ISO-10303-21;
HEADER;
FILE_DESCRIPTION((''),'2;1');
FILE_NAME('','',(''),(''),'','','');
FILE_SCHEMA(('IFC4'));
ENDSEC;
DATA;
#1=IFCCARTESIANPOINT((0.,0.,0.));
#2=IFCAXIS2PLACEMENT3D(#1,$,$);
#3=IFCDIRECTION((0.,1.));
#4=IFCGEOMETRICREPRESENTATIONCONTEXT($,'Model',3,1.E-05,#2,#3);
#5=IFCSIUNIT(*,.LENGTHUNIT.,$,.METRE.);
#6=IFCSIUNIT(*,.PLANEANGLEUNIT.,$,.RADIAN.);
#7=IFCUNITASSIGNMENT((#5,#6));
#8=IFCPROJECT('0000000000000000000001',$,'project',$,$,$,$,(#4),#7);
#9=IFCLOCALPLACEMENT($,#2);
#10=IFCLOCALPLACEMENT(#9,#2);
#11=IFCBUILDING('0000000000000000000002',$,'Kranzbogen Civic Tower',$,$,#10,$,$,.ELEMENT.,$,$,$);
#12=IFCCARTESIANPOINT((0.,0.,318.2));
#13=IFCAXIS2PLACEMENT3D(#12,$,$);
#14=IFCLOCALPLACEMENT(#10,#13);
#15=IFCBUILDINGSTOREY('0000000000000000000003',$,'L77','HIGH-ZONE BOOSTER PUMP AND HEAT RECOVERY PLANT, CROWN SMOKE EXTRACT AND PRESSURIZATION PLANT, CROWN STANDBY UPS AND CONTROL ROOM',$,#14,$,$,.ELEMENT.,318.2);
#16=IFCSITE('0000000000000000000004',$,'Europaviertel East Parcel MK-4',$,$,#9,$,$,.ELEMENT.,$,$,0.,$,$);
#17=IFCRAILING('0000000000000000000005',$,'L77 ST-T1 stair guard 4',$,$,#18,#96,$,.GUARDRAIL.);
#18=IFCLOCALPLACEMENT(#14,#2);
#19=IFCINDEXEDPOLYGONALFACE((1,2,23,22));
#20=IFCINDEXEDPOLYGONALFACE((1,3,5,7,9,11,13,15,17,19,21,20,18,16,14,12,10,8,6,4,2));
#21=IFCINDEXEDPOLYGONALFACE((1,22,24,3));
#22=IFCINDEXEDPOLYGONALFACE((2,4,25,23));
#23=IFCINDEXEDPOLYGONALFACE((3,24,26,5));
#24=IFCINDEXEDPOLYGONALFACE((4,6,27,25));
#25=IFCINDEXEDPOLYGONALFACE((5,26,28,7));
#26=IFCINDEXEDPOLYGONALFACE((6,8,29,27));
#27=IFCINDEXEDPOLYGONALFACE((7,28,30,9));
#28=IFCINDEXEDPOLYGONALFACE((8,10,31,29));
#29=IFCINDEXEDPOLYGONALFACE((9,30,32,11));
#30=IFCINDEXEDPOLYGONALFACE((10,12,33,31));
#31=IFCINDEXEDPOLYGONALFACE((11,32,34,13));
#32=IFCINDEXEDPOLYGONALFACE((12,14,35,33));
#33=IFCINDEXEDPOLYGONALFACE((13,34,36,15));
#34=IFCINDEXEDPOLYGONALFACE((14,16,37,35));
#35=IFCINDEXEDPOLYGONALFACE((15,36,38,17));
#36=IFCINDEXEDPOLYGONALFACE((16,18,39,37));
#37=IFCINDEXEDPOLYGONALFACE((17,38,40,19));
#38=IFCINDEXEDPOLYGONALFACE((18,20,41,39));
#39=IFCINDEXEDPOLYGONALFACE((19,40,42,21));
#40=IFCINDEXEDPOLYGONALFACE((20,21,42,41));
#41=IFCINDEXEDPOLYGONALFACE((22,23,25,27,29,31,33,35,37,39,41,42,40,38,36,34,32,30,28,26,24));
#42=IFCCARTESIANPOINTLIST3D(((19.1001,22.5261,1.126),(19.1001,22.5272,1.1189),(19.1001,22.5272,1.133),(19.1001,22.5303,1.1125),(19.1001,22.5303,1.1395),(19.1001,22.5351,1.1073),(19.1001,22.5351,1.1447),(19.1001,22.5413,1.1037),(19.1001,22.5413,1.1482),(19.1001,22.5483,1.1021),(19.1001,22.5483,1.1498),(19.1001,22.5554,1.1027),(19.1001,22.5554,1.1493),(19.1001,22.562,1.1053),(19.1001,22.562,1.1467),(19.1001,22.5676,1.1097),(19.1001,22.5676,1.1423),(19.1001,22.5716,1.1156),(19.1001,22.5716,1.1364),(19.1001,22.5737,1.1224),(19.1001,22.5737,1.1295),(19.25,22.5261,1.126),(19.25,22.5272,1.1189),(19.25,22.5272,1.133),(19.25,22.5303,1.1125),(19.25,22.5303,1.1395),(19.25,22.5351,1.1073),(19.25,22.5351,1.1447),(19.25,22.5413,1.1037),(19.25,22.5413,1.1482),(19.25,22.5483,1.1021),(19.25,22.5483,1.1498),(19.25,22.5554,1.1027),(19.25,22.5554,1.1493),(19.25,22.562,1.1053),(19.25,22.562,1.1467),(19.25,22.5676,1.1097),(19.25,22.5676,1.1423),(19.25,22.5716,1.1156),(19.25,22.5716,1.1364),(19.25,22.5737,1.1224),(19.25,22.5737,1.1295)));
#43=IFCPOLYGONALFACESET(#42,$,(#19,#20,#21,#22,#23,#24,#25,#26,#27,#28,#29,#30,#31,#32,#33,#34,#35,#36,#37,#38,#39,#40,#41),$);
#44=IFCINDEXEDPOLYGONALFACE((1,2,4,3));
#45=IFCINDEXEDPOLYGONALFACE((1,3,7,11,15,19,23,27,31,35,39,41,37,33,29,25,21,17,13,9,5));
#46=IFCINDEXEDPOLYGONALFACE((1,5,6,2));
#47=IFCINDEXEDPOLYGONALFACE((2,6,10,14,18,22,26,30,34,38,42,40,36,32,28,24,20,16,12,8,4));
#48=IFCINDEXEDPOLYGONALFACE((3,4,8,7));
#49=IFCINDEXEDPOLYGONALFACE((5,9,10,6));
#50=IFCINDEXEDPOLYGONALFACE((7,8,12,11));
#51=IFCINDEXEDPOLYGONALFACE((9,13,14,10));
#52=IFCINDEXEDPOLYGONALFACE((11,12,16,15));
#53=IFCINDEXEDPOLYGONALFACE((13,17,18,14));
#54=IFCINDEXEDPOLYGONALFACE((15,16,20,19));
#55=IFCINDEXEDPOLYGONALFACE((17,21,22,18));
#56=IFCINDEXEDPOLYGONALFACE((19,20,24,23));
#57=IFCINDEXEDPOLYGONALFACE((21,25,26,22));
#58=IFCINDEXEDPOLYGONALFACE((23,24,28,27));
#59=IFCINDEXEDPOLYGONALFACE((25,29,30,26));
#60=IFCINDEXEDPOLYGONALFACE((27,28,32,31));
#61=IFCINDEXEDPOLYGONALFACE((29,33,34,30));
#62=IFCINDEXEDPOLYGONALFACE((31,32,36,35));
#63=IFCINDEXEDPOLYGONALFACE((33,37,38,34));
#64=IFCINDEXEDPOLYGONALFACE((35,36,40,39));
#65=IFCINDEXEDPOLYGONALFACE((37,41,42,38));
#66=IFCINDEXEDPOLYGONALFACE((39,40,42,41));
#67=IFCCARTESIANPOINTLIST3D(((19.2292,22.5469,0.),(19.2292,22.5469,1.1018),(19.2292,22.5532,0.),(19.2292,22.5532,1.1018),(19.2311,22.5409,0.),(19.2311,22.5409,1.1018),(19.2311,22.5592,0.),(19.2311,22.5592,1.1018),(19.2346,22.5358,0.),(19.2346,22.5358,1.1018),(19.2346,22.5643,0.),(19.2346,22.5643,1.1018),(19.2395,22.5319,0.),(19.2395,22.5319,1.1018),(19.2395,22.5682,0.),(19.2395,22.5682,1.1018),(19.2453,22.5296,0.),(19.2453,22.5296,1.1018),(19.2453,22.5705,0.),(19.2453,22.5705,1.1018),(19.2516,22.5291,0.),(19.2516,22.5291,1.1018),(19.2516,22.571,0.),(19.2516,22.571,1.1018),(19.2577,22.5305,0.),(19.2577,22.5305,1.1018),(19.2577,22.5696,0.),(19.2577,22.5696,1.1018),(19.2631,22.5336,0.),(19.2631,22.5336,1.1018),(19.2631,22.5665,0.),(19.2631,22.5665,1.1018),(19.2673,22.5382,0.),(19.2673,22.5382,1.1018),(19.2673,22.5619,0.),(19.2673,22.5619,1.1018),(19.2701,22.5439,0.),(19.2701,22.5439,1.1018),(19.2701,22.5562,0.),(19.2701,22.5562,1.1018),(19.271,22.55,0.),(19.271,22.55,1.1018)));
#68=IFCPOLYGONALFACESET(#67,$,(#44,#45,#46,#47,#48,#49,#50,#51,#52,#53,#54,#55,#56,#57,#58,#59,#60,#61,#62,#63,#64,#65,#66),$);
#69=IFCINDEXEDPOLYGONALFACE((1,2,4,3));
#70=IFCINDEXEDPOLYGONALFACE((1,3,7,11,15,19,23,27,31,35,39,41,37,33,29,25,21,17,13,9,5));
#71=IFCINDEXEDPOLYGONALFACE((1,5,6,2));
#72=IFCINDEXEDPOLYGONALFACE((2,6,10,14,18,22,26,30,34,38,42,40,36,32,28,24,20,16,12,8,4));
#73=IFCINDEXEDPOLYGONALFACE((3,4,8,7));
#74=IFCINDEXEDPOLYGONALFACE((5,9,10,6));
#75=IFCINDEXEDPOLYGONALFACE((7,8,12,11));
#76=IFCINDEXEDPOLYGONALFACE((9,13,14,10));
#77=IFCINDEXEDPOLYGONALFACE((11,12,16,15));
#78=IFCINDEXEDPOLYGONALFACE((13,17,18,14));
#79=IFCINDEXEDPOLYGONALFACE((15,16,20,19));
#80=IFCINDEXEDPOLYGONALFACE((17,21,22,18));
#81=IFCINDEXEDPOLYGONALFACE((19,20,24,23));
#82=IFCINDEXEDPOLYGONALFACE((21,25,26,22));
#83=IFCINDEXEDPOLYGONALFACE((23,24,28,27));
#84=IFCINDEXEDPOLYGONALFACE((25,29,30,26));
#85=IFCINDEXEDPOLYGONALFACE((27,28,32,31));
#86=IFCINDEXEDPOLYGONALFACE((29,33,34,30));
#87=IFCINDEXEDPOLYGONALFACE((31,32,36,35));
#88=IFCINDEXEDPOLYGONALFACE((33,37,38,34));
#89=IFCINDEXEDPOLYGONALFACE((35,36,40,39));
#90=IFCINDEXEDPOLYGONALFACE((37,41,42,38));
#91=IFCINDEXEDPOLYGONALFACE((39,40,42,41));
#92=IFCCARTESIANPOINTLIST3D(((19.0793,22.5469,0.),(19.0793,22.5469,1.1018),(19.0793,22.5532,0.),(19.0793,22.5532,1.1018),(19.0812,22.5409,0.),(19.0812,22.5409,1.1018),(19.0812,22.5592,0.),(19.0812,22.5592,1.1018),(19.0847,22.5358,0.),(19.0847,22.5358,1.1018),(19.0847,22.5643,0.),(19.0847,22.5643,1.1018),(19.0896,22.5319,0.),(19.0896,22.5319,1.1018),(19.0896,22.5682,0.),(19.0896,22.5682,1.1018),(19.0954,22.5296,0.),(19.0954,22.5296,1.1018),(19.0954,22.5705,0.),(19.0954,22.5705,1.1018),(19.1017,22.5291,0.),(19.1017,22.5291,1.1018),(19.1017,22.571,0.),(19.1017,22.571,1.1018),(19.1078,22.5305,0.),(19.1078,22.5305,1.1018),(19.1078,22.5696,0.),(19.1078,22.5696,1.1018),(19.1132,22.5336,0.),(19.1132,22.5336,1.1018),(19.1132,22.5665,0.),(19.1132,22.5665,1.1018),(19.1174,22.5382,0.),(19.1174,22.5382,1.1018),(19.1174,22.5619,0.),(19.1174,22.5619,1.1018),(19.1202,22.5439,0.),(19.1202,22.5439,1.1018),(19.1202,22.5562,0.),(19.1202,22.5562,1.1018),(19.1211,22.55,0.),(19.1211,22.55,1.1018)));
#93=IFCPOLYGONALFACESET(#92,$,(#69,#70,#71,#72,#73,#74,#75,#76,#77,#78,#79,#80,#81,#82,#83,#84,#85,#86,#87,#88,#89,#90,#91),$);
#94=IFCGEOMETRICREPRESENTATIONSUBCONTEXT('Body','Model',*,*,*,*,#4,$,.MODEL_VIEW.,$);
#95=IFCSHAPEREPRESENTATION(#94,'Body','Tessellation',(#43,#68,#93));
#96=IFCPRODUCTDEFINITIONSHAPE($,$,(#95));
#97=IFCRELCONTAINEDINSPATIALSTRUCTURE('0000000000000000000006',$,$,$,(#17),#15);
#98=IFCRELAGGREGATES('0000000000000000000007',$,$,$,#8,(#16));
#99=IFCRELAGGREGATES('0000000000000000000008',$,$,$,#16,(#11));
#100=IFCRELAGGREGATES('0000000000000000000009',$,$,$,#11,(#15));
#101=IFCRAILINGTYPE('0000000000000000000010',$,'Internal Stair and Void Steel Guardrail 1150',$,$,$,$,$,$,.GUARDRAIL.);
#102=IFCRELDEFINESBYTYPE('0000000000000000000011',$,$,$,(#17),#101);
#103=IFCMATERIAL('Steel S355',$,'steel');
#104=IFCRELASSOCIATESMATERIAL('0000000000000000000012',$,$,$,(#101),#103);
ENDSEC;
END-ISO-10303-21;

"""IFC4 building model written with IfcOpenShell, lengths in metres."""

from ifc_helpers import new_model, si_unit, direction, frame, origin, origin_2d, place, context, subcontext, project, spatial, circle, extrude, material, type_object, element, save


model = new_model("IFC4")

# Units and contexts
model_context = context("Model", 3, precision=1e-05, world=origin(), true_north=direction((0.0, 1.0)))
body_context = subcontext(model_context, "Body", "Model", "MODEL_VIEW")
ifc_project = project(units=[si_unit("LENGTHUNIT", "METRE"), si_unit("PLANEANGLEUNIT", "RADIAN")], contexts=[model_context])

# Site, building, storey
site_placement = place(None, origin())
site = spatial("IfcSite", under=ifc_project, at=site_placement, Name="Europaviertel East Parcel MK-4", CompositionType="ELEMENT", RefElevation=0.0)
building_placement = place(site_placement, origin())
building = spatial("IfcBuilding", under=site, at=building_placement, Name="Kranzbogen Civic Tower", CompositionType="ELEMENT")
storey_placement = place(building_placement, frame((0.0, 0.0, 318.2)))
storey = spatial("IfcBuildingStorey", under=building, at=storey_placement, Name="L77", Description="HIGH-ZONE BOOSTER PUMP AND HEAT RECOVERY PLANT, CROWN SMOKE EXTRACT AND PRESSURIZATION PLANT, CROWN STANDBY UPS AND CONTROL ROOM", CompositionType="ELEMENT", Elevation=318.2)

# Shared definitions
ifc_material_1 = material(Name="Steel S355", Category="steel")

# Railing
railing_type_1 = type_object("IfcRailingType", Name="Internal Stair and Void Steel Guardrail 1150", PredefinedType="GUARDRAIL", material=ifc_material_1)
railing_1_placement = place(storey_placement, frame((19.25, 22.55, 0.0)))
element("IfcRailing", 1, at=railing_1_placement, inside=storey, type_object=railing_type_1, Name="L77 ST-T1 stair guard 4", PredefinedType="GUARDRAIL", context=body_context, shape_type="SweptSolid", body=[
    extrude(circle(Radius=0.0239, at=origin_2d()), frame((0.0, 0.0, 1.126), z_axis=(-1.0, 0.0, 0.0), x_axis=(0.0, -1.0, 0.0)), (0.0, 0.0, 1.0), 0.1499),
    extrude(circle(Radius=0.021, at=origin_2d()), origin(), (0.0, 0.0, 1.0), 1.1018),
    extrude(circle(Radius=0.021, at=origin_2d()), frame((-0.1499, 0.0, 0.0)), (0.0, 0.0, 1.0), 1.1018),
])

save(model, "model.ifc")
